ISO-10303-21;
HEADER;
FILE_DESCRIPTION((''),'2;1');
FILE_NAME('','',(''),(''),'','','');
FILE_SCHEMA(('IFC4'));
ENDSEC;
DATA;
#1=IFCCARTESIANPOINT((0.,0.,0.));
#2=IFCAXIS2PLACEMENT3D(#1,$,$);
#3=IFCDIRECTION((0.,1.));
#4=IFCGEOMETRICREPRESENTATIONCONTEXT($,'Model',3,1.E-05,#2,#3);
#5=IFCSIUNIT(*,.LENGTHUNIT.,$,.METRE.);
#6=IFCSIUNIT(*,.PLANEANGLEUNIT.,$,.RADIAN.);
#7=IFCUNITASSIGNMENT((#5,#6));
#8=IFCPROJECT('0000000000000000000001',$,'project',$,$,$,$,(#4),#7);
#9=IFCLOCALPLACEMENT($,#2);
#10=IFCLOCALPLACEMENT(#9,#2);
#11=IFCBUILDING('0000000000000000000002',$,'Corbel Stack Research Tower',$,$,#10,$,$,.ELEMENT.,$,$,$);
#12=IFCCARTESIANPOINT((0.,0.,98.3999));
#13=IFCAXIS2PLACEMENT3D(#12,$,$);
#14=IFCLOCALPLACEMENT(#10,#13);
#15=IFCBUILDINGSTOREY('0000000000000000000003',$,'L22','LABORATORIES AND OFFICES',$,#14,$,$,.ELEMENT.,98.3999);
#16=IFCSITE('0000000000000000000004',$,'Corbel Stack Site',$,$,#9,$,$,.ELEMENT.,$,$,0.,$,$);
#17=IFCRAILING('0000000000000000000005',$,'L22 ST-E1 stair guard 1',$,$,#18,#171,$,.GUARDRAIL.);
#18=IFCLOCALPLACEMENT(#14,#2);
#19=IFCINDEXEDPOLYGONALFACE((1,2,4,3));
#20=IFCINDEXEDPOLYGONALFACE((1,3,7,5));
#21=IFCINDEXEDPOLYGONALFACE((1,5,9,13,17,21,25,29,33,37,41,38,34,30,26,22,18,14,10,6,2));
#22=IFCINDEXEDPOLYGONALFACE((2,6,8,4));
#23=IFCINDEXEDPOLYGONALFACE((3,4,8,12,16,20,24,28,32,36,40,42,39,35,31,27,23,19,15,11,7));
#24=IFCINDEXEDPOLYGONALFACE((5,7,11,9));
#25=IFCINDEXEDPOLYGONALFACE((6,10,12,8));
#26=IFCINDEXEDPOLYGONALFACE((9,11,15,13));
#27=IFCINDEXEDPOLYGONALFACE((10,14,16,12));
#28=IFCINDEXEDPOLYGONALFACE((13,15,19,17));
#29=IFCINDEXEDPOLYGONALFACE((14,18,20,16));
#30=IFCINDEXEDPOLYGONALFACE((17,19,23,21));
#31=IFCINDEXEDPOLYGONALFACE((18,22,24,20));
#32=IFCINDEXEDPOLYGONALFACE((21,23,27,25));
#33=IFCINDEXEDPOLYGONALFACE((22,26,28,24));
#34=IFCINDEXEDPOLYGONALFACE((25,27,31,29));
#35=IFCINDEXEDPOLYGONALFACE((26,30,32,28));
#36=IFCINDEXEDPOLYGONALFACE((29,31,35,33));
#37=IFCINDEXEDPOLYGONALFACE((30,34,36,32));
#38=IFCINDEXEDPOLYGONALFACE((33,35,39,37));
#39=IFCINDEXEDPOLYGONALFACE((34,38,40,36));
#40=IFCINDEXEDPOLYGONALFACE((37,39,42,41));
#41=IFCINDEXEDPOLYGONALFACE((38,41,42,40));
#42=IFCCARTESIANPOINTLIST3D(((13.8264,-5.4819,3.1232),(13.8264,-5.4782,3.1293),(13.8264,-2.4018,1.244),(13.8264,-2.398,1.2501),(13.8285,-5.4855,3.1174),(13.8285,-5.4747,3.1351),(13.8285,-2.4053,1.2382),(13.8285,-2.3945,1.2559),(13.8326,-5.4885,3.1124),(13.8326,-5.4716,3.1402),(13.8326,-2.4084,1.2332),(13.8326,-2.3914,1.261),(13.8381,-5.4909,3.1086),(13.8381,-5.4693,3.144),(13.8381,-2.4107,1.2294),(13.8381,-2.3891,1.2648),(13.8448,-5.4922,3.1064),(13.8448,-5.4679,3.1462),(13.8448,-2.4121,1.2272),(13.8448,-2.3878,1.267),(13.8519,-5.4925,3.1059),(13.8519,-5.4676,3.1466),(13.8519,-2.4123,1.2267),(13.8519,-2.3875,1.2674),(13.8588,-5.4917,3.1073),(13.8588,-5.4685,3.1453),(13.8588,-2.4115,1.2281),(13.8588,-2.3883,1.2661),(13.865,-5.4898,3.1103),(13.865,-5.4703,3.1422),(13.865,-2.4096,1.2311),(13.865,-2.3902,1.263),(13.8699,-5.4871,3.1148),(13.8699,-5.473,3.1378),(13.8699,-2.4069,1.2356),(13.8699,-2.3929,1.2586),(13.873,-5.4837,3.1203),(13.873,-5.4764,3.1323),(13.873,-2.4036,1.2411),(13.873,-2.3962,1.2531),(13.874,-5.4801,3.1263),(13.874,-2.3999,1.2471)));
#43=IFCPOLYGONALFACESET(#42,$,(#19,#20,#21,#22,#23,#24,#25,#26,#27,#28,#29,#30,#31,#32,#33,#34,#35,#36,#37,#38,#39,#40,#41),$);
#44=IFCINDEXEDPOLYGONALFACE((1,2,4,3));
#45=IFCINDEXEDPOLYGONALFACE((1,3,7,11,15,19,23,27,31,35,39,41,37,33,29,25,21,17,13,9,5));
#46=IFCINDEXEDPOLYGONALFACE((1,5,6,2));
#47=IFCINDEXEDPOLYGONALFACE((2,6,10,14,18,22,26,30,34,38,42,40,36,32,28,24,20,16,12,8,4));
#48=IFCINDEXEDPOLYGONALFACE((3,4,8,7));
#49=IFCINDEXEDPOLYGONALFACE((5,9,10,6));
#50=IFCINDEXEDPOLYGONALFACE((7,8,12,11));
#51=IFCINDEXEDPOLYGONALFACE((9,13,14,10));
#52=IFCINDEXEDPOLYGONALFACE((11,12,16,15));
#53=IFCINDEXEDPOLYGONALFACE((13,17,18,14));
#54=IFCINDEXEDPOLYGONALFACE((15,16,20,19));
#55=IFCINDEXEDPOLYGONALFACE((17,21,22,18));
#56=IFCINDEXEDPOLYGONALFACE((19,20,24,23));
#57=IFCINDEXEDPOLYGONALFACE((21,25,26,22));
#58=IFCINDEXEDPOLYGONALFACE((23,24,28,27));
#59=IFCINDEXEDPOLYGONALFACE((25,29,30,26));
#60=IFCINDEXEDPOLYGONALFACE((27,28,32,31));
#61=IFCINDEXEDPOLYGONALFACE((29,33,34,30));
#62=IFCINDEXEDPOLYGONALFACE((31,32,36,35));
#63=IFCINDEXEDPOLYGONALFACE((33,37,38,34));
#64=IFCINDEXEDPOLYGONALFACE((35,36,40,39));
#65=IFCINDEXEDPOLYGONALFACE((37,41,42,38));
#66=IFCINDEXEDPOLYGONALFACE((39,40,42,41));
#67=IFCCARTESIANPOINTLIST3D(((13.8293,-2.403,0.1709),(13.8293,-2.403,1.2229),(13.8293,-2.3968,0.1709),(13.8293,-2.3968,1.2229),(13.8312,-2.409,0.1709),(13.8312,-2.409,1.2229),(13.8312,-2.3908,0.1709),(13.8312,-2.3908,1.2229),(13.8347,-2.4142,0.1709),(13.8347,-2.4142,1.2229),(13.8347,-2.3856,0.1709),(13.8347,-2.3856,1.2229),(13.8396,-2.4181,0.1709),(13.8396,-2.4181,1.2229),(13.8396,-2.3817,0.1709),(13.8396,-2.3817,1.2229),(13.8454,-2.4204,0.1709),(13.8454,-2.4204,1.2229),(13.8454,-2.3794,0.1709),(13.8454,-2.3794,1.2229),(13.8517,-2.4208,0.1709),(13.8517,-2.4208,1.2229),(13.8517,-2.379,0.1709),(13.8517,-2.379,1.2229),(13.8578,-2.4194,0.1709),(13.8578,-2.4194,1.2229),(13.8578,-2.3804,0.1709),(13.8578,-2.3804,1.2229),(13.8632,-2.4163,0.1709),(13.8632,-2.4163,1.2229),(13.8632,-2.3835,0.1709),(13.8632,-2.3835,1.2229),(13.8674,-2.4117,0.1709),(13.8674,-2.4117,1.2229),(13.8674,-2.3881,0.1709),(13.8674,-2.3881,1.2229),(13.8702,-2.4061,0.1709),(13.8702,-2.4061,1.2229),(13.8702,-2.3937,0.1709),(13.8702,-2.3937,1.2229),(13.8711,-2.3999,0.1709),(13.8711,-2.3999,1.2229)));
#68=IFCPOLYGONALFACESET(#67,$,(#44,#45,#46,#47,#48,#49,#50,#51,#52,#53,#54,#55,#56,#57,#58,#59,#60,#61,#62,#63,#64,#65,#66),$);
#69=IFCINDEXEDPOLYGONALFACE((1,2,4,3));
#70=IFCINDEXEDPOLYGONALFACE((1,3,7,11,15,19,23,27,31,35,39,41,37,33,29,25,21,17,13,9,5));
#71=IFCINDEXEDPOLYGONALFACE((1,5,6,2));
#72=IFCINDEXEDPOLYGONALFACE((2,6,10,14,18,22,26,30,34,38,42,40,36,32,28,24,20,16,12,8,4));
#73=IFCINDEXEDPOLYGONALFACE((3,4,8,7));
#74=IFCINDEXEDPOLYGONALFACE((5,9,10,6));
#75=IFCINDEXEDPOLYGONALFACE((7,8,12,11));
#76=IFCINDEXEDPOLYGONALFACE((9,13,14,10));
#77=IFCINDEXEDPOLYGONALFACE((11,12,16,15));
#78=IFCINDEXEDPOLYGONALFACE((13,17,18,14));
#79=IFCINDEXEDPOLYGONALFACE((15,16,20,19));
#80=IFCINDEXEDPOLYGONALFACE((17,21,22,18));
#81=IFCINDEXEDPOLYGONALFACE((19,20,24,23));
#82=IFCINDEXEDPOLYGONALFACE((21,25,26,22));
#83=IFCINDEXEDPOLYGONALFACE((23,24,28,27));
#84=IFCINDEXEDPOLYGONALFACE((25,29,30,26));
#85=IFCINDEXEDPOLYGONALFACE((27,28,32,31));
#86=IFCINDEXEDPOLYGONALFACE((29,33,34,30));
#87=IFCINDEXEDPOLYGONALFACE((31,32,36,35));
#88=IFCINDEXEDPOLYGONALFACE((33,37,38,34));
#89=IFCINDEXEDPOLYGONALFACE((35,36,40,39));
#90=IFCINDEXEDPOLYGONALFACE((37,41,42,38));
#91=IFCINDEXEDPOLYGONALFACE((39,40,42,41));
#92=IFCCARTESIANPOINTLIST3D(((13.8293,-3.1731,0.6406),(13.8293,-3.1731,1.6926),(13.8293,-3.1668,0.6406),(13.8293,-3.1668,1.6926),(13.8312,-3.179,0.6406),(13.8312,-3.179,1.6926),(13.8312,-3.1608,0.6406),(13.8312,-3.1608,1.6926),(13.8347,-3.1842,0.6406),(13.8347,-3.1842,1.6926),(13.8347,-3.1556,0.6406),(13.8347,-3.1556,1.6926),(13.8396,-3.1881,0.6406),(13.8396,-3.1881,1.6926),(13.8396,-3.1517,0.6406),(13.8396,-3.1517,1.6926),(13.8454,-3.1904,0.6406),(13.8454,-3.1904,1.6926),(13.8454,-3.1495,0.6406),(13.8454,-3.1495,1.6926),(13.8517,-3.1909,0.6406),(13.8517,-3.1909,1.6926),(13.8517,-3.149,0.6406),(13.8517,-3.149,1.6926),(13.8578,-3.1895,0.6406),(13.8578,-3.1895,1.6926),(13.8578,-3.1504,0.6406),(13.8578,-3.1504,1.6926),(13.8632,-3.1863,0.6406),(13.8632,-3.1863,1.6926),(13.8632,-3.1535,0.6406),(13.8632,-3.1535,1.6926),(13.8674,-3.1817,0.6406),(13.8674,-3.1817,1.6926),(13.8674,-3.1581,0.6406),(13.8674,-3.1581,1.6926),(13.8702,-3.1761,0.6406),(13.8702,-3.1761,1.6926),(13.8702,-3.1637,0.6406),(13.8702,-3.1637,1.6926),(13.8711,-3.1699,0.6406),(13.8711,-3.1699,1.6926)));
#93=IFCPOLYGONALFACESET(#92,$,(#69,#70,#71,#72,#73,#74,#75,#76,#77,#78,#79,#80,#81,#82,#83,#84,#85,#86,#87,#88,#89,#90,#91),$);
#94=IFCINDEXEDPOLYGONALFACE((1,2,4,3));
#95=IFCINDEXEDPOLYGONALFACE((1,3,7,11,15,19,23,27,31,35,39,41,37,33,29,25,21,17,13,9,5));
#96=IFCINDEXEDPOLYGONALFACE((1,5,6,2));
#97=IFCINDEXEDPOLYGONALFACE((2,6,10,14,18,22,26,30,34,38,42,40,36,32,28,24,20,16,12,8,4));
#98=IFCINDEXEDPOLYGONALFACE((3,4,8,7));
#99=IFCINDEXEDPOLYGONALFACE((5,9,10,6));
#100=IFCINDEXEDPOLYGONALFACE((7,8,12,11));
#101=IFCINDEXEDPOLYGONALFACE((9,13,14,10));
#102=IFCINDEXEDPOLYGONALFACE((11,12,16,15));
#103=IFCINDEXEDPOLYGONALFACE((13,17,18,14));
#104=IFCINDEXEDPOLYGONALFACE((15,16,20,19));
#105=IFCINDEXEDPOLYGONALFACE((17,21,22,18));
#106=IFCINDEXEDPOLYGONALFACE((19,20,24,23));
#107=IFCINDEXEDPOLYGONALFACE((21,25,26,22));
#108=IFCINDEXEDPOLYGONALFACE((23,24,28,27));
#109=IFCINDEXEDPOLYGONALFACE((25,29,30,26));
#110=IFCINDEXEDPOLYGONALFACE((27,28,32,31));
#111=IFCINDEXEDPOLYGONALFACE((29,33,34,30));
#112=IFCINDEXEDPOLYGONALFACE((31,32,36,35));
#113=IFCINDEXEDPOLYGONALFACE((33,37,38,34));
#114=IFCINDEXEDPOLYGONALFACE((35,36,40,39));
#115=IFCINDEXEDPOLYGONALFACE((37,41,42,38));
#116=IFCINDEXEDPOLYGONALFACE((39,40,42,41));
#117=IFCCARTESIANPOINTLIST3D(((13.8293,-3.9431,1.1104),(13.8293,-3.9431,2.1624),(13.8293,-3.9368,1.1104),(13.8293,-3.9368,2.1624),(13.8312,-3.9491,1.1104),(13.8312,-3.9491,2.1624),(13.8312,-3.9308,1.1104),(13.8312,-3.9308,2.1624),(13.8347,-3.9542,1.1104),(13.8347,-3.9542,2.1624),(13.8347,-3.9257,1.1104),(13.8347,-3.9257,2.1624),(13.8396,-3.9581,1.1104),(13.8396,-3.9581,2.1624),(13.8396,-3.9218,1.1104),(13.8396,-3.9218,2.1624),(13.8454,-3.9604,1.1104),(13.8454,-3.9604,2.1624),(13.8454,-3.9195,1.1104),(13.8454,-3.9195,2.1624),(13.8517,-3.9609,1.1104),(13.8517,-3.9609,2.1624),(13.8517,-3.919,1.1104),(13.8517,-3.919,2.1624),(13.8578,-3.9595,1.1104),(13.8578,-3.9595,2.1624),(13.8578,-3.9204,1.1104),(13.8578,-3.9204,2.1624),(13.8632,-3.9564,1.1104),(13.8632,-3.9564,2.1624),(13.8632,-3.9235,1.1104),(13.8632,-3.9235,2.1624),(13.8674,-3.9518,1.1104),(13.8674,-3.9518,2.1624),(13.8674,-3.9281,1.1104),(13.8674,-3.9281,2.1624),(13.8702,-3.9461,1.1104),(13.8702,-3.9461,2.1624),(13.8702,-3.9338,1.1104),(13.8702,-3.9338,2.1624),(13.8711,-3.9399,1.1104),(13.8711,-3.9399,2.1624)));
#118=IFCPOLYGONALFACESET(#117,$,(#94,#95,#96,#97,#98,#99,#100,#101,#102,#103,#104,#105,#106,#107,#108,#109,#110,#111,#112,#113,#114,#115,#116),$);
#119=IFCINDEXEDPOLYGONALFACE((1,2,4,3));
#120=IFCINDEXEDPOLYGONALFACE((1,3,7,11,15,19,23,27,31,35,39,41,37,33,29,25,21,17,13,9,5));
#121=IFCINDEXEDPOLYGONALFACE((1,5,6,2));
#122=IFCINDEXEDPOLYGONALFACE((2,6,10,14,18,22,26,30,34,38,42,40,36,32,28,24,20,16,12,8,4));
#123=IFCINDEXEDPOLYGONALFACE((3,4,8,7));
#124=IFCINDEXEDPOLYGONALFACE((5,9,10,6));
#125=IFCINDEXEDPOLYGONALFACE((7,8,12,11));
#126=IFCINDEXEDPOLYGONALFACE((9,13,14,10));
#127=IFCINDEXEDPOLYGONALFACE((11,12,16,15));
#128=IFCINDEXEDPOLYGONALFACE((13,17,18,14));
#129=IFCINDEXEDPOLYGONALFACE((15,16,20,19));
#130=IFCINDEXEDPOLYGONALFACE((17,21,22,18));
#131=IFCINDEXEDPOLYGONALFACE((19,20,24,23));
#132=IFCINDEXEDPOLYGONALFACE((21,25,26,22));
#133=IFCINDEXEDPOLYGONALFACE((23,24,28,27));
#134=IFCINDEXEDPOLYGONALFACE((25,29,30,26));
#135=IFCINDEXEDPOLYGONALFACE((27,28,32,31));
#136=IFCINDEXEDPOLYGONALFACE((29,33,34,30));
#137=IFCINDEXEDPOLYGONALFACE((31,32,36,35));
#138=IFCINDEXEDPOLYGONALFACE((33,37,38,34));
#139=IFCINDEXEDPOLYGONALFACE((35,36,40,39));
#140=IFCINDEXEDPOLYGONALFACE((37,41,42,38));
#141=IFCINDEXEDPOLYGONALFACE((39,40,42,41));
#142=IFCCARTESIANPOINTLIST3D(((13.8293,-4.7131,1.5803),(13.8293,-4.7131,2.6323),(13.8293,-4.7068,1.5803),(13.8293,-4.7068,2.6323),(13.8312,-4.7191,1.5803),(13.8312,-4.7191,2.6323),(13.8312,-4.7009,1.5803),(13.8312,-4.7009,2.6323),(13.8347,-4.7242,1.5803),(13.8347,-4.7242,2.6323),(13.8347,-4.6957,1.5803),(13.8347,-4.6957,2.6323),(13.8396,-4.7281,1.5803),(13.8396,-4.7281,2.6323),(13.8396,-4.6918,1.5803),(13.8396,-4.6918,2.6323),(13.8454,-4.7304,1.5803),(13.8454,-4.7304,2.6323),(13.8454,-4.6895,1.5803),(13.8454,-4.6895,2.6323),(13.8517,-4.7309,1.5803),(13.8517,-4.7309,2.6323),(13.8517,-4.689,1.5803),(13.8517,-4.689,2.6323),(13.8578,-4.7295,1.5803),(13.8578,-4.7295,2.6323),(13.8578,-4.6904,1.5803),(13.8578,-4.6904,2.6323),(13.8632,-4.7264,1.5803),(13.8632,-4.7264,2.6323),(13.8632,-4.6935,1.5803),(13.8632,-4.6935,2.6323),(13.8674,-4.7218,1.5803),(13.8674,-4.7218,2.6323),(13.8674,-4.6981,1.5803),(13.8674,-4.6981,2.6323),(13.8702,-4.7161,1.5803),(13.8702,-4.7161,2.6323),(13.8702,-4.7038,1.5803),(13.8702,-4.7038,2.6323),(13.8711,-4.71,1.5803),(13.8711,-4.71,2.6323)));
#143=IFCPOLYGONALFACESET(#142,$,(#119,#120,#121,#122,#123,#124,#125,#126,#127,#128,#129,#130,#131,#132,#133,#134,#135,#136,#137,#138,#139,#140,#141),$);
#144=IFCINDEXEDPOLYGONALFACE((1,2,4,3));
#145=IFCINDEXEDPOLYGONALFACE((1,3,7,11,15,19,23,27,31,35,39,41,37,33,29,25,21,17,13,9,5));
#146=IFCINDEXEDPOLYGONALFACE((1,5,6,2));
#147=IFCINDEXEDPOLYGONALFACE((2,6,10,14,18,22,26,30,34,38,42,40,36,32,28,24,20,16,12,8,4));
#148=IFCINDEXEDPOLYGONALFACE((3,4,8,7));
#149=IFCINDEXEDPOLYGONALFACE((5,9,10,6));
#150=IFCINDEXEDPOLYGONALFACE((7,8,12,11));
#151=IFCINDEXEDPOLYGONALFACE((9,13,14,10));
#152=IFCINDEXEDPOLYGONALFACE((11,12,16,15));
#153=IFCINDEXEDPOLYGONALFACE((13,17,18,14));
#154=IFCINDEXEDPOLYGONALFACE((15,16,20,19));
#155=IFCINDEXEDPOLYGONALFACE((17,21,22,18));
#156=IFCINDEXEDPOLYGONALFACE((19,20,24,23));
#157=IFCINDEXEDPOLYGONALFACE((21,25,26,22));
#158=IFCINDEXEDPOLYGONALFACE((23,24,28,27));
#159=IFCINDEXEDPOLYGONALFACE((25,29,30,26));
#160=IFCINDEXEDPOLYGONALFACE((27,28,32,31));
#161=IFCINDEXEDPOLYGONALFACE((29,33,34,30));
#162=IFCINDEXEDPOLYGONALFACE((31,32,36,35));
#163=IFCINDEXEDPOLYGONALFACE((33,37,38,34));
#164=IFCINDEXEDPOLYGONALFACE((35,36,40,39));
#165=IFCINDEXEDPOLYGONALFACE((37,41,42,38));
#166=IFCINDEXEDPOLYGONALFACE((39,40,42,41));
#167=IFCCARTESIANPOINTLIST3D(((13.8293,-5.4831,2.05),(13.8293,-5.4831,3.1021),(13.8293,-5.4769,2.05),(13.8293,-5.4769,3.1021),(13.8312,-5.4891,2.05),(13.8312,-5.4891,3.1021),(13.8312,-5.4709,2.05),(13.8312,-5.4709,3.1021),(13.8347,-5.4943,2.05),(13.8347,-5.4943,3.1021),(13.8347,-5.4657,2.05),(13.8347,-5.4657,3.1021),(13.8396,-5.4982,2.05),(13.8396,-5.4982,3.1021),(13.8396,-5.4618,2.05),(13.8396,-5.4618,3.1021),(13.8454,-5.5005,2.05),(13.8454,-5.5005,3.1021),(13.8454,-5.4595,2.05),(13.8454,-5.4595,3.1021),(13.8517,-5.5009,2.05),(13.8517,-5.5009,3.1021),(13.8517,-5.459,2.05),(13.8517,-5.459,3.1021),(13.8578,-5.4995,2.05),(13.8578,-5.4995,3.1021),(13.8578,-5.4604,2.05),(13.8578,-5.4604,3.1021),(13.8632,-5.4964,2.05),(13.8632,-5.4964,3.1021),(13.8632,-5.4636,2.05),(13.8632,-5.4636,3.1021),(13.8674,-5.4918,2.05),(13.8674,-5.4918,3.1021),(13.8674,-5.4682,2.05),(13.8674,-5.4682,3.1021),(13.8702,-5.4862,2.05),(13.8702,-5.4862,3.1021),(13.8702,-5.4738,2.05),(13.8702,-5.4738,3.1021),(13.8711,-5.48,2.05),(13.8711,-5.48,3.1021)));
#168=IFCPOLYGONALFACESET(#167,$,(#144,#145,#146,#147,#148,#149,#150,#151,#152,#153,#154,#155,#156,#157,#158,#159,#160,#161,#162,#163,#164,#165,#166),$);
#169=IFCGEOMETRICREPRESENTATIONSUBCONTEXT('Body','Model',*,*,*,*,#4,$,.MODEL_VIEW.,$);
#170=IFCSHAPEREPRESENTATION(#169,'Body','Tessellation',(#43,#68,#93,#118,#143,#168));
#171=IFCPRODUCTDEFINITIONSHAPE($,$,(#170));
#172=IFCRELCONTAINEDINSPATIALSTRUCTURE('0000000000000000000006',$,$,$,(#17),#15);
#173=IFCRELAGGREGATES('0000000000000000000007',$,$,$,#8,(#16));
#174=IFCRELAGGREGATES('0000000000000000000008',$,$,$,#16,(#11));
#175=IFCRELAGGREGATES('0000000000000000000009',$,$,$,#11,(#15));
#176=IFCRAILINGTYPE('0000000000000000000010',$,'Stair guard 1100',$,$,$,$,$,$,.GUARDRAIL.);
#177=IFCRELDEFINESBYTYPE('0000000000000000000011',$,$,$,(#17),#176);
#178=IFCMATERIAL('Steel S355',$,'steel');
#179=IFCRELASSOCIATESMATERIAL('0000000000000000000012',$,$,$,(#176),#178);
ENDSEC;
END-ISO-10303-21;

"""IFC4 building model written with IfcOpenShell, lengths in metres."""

from ifc_helpers import new_model, si_unit, direction, frame, origin, origin_2d, place, context, subcontext, project, spatial, circle, extrude, material, type_object, element, save


model = new_model("IFC4")

# Units and contexts
model_context = context("Model", 3, precision=1e-05, world=origin(), true_north=direction((0.0, 1.0)))
body_context = subcontext(model_context, "Body", "Model", "MODEL_VIEW")
ifc_project = project(units=[si_unit("LENGTHUNIT", "METRE"), si_unit("PLANEANGLEUNIT", "RADIAN")], contexts=[model_context])

# Site, building, storey
site_placement = place(None, origin())
site = spatial("IfcSite", under=ifc_project, at=site_placement, Name="Corbel Stack Site", CompositionType="ELEMENT", RefElevation=0.0)
building_placement = place(site_placement, origin())
building = spatial("IfcBuilding", under=site, at=building_placement, Name="Corbel Stack Research Tower", CompositionType="ELEMENT")
storey_placement = place(building_placement, frame((0.0, 0.0, 98.3999)))
storey = spatial("IfcBuildingStorey", under=building, at=storey_placement, Name="L22", Description="LABORATORIES AND OFFICES", CompositionType="ELEMENT", Elevation=98.3999)

# Railing
ifc_material_1 = material(Name="Steel S355", Category="steel")
railing_type_1 = type_object("IfcRailingType", Name="Stair guard 1100", PredefinedType="GUARDRAIL", material=ifc_material_1)
railing_1_placement = place(storey_placement, frame((13.8501, -2.3999, 0.1709)))
element("IfcRailing", 1, at=railing_1_placement, inside=storey, type_object=railing_type_1, Name="L22 ST-E1 stair guard 1", PredefinedType="GUARDRAIL", context=body_context, shape_type="SweptSolid", body=[
    extrude(circle(Radius=0.0239, at=origin_2d()), frame((0.0, 0.0, 1.0762), z_axis=(0.0, -0.853666, 0.52082), x_axis=(1.0, 0.0, 0.0)), (0.0, 0.0, 1.0), 3.6082),
    extrude(circle(Radius=0.021, at=origin_2d()), origin(), (0.0, 0.0, 1.0), 1.052),
    extrude(circle(Radius=0.021, at=origin_2d()), frame((0.0, -0.77, 0.4697)), (0.0, 0.0, 1.0), 1.052),
    extrude(circle(Radius=0.021, at=origin_2d()), frame((0.0, -1.54, 0.9395)), (0.0, 0.0, 1.0), 1.052),
    extrude(circle(Radius=0.021, at=origin_2d()), frame((0.0, -2.3101, 1.4094)), (0.0, 0.0, 1.0), 1.052),
    extrude(circle(Radius=0.021, at=origin_2d()), frame((0.0, -3.0801, 1.8792)), (0.0, 0.0, 1.0), 1.052),
])

save(model, "model.ifc")
